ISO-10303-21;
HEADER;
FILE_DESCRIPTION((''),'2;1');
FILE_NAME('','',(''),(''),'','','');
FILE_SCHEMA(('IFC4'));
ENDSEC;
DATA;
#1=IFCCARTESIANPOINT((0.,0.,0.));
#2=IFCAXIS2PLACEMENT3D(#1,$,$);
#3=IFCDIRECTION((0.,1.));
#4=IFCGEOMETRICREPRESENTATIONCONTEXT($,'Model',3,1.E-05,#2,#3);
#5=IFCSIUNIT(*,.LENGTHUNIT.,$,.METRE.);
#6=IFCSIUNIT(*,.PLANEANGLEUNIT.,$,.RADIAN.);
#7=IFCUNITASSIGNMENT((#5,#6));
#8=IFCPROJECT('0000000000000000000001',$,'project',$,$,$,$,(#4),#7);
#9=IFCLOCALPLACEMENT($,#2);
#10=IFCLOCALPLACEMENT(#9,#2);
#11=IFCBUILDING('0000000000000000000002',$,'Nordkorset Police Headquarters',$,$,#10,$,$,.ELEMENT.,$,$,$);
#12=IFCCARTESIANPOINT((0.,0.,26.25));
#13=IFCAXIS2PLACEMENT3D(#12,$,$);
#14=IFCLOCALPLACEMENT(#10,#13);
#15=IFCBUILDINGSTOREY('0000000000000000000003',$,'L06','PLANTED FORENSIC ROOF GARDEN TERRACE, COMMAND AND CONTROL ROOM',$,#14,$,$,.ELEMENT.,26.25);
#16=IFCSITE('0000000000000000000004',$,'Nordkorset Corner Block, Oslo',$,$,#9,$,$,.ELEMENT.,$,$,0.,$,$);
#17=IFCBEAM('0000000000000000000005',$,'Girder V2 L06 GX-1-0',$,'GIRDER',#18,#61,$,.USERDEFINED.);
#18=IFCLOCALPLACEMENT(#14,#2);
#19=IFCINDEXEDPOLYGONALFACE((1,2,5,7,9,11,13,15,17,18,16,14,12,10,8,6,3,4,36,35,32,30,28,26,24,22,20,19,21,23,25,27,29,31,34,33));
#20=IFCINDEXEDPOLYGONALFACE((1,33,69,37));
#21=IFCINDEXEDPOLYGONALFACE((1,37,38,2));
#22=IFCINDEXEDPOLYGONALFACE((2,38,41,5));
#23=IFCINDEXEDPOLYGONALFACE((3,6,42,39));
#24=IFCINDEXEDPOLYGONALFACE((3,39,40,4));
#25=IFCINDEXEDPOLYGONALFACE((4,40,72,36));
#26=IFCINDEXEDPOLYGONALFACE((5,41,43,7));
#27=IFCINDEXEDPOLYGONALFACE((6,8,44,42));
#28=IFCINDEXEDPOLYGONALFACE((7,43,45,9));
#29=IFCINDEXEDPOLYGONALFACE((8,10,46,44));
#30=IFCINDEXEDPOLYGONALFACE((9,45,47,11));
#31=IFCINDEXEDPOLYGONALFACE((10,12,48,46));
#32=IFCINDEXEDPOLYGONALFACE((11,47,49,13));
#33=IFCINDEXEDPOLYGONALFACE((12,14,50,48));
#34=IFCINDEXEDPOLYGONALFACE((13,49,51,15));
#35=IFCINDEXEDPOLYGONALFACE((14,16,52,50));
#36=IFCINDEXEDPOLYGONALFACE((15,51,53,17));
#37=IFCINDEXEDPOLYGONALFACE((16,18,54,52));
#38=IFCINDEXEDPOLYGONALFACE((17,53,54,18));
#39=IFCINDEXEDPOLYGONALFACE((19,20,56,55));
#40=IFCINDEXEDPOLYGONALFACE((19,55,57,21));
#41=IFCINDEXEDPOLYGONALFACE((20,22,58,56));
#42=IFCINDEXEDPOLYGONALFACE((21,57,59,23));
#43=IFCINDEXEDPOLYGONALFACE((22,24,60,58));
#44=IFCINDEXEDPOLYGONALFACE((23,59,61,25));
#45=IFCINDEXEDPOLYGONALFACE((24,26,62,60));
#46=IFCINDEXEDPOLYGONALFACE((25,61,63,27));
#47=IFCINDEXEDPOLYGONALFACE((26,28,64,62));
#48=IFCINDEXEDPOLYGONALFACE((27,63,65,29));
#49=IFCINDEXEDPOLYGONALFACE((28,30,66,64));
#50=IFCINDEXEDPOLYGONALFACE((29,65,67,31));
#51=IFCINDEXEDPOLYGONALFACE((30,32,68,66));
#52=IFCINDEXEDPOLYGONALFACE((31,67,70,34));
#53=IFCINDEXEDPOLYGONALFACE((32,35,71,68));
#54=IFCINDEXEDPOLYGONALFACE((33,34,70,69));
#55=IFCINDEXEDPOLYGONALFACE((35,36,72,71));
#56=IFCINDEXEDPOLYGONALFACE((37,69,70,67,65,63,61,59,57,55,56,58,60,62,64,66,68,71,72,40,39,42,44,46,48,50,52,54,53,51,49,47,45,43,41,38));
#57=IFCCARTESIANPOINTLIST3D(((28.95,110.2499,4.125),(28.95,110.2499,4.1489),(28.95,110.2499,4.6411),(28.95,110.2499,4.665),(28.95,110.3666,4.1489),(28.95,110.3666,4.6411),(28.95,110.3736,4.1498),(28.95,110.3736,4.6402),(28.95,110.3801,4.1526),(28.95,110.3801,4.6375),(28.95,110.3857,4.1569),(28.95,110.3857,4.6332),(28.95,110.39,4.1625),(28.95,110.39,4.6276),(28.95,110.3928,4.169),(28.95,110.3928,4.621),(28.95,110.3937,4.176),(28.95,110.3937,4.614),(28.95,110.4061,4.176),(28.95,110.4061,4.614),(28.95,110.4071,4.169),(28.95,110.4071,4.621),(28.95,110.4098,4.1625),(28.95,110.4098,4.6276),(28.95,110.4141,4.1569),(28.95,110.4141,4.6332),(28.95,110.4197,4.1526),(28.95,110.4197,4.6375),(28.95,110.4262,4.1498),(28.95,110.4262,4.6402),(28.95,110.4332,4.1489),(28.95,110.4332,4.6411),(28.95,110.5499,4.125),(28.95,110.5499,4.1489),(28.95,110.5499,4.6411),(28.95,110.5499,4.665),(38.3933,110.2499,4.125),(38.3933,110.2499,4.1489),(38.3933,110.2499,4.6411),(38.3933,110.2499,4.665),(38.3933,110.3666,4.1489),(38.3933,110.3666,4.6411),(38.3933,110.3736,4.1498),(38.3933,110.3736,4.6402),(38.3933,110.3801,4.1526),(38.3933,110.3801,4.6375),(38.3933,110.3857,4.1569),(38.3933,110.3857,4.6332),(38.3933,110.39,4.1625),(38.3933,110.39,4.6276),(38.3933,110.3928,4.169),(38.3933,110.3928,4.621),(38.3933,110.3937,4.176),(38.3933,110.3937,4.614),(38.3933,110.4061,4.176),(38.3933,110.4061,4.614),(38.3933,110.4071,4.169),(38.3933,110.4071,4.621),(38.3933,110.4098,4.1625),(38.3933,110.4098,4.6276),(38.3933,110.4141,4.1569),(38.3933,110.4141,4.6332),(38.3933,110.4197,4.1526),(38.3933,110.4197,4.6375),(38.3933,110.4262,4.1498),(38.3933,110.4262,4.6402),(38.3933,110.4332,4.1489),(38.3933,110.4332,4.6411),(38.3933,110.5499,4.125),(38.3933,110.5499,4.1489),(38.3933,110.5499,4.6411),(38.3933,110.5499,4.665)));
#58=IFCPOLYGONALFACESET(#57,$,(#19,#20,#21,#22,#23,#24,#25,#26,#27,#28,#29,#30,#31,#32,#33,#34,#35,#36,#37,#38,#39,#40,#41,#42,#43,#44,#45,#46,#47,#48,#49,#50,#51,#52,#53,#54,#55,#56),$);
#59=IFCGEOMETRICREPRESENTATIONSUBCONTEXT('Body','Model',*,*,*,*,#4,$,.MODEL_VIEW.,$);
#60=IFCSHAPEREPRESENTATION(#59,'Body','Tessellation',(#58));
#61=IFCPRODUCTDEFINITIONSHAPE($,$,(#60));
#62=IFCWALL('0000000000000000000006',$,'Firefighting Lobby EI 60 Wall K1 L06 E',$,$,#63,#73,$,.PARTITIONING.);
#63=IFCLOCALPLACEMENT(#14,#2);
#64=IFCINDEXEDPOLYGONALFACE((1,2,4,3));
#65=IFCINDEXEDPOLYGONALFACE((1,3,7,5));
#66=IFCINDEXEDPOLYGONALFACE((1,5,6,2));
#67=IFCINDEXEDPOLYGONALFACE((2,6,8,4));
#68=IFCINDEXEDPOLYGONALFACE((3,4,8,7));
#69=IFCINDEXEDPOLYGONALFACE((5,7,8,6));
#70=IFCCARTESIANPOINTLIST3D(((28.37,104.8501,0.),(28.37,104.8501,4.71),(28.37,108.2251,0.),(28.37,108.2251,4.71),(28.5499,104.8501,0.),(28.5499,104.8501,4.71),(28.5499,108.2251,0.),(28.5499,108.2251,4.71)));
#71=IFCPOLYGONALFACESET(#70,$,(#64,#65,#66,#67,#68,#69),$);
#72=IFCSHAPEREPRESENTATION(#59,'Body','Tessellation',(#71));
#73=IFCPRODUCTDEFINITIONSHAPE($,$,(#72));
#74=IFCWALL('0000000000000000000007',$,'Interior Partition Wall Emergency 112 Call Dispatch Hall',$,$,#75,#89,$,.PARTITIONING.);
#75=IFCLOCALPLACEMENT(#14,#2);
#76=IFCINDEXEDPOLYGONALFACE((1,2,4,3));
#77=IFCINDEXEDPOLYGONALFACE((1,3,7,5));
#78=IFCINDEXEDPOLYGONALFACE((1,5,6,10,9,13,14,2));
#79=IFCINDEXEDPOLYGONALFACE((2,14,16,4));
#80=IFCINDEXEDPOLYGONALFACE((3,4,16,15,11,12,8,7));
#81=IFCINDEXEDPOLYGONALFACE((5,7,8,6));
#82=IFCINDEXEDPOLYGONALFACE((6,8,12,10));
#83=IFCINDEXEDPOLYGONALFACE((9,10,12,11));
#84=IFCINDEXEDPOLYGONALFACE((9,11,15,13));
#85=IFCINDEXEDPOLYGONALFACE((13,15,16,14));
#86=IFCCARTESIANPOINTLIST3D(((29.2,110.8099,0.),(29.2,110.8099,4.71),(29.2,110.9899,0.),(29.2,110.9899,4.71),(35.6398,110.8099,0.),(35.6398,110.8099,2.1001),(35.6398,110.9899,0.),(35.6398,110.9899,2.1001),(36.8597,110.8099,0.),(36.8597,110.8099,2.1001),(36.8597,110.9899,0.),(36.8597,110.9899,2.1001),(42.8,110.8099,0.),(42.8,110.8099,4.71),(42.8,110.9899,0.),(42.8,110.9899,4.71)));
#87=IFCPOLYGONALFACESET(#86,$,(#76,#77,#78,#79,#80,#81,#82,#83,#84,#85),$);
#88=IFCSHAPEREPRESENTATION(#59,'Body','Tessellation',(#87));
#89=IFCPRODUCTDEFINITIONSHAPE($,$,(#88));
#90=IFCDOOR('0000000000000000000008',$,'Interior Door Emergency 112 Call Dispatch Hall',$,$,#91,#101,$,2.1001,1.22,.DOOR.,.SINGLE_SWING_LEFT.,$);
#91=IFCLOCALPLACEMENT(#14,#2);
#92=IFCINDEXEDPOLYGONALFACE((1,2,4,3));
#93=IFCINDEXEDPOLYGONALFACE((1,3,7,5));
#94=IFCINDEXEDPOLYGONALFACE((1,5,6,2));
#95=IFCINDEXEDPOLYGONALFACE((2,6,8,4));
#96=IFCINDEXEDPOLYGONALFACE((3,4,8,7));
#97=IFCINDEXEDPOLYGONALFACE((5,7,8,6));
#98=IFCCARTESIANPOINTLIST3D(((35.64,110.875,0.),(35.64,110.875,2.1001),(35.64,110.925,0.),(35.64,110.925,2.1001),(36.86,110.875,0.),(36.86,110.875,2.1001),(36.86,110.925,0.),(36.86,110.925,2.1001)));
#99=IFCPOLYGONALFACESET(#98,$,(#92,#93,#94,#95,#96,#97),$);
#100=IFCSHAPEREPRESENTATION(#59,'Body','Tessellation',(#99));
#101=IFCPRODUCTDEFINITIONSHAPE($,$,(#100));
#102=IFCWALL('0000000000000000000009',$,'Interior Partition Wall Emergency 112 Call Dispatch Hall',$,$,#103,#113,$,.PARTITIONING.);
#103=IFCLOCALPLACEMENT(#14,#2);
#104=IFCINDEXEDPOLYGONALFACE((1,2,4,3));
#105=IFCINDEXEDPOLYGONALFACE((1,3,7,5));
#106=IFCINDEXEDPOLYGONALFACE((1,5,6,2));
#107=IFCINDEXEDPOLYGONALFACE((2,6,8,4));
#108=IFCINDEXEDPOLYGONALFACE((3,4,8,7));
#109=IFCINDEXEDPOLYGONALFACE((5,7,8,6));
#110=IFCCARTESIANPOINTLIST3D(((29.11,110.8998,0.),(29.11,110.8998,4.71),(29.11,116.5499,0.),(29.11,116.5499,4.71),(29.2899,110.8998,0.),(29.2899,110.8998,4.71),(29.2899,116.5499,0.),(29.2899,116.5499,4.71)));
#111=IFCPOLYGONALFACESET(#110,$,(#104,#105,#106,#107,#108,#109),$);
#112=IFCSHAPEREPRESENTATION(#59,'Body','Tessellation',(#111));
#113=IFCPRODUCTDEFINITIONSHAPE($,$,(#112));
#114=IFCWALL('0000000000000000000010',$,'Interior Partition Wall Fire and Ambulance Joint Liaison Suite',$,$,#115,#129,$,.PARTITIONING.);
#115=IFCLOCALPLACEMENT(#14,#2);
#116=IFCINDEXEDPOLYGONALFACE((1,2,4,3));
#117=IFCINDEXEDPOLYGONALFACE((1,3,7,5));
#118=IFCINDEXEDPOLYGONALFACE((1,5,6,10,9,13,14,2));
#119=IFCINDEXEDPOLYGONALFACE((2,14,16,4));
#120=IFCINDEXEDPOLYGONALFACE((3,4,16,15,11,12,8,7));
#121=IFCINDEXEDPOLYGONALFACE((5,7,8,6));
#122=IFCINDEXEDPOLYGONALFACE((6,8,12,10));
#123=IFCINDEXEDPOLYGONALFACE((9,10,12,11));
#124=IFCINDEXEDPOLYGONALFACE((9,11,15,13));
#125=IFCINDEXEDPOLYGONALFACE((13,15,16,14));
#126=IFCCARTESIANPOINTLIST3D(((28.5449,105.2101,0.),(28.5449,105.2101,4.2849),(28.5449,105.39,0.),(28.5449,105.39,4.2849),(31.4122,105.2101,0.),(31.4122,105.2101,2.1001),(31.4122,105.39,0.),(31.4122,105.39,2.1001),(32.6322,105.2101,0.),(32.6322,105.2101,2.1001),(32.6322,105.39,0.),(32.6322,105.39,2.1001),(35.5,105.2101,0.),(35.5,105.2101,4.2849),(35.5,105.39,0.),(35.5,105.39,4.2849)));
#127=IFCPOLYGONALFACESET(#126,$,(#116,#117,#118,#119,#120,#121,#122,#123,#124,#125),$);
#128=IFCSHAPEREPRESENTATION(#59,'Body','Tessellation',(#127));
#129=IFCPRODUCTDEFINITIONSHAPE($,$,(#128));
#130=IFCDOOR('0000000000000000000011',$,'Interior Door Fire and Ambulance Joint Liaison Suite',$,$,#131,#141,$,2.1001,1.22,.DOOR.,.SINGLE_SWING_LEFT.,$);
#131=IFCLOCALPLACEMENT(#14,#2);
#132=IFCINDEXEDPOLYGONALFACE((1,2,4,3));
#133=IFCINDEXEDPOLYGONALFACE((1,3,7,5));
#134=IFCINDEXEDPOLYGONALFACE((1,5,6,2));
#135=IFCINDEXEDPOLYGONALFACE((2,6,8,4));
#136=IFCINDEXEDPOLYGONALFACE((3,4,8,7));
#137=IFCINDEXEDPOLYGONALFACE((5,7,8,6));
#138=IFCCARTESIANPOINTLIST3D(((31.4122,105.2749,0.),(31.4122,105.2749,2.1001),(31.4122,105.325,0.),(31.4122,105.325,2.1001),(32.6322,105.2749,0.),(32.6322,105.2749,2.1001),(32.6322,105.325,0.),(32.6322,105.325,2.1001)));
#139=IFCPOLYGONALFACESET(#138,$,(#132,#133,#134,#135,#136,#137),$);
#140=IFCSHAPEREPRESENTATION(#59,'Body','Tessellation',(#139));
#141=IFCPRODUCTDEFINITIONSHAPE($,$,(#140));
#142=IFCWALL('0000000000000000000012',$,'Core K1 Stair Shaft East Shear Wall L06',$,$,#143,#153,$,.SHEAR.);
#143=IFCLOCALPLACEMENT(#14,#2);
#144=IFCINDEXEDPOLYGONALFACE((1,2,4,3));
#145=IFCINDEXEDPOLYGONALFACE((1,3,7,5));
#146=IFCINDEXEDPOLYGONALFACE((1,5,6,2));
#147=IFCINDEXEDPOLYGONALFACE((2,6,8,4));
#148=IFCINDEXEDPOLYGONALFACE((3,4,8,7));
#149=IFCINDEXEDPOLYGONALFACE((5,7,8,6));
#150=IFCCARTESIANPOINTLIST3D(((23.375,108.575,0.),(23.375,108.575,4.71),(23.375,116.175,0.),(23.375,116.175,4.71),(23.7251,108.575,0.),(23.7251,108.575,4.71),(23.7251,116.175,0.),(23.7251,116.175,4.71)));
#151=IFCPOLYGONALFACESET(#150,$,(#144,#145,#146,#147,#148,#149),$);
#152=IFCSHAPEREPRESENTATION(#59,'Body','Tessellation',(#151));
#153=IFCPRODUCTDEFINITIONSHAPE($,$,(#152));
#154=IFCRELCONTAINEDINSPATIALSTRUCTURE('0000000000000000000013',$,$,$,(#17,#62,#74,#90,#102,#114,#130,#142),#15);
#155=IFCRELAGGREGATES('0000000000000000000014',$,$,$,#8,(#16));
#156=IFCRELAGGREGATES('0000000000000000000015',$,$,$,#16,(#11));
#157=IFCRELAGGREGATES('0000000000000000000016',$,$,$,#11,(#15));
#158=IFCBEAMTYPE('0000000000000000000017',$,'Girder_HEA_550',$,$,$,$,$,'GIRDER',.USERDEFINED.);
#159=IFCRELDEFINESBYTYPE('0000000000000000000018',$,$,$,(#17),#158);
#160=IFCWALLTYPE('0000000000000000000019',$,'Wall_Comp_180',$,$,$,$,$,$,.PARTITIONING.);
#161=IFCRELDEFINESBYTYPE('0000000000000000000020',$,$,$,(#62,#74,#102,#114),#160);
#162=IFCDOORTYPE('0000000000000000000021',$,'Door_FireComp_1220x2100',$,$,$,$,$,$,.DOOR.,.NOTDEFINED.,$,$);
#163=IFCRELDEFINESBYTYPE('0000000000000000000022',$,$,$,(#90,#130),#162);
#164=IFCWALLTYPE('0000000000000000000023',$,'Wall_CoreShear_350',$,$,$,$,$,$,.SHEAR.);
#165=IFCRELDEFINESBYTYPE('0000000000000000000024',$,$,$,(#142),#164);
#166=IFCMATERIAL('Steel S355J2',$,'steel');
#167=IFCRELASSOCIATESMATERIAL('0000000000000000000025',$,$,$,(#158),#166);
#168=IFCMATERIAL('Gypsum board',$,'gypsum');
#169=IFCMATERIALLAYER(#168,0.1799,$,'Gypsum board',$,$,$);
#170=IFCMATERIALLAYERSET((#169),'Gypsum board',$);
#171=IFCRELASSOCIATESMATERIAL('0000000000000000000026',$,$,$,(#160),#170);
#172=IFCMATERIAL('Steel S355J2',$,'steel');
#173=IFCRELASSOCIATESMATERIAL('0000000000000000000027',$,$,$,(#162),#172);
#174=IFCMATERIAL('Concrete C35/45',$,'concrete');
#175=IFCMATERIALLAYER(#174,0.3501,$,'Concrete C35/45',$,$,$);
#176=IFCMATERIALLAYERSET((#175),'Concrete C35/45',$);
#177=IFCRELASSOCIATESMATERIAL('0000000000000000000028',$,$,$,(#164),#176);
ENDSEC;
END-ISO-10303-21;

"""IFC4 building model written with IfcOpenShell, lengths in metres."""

from ifc_helpers import new_model, si_unit, direction, frame, frame_2d, origin, origin_2d, place, context, subcontext, project, spatial, rectangle, i_section, extrude, material, layer, layer_set, material_profile, profile_set, type_object, element, fill, save


model = new_model("IFC4")

# Units and contexts
model_context = context("Model", 3, precision=1e-05, world=origin(), true_north=direction((0.0, 1.0)))
body_context = subcontext(model_context, "Body", "Model", "MODEL_VIEW")
ifc_project = project(units=[si_unit("LENGTHUNIT", "METRE"), si_unit("PLANEANGLEUNIT", "RADIAN")], contexts=[model_context])

# Site, building, storey
site_placement = place(None, origin())
site = spatial("IfcSite", under=ifc_project, at=site_placement, Name="Nordkorset Corner Block, Oslo", CompositionType="ELEMENT", RefElevation=0.0)
building_placement = place(site_placement, origin())
building = spatial("IfcBuilding", under=site, at=building_placement, Name="Nordkorset Police Headquarters", CompositionType="ELEMENT")
storey_placement = place(building_placement, frame((0.0, 0.0, 26.25)))
storey = spatial("IfcBuildingStorey", under=building, at=storey_placement, Name="L06", Description="PLANTED FORENSIC ROOF GARDEN TERRACE, COMMAND AND CONTROL ROOM", CompositionType="ELEMENT", Elevation=26.25)

# Beam
ifc_material_1 = material(Name="Steel S355J2", Category="steel")
ifc_material_profile_1 = material_profile(ifc_material_1, i_section(OverallWidth=0.3, OverallDepth=0.54, WebThickness=0.0125, FlangeThickness=0.0239, FilletRadius=0.0271, at=origin_2d()), Name="HEA 550")
ifc_profile_set_1 = profile_set([ifc_material_profile_1], Name="Steel S355J2")
beam_type_1 = type_object("IfcBeamType", Name="Girder_HEA_550", ElementType="GIRDER", PredefinedType="USERDEFINED", material=ifc_profile_set_1)
beam_placement = place(storey_placement, frame((28.95, 110.3999, 4.395), z_axis=(1.0, 0.0, 0.0), x_axis=(0.0, 1.0, 0.0)))
element("IfcBeam", 1, at=beam_placement, inside=storey, type_object=beam_type_1, Name="Girder V2 L06 GX-1-0", ObjectType="GIRDER", PredefinedType="USERDEFINED", context=body_context, shape_type="SweptSolid", body=[
    extrude(i_section(OverallWidth=0.3, OverallDepth=0.54, WebThickness=0.0125, FlangeThickness=0.0239, FilletRadius=0.0271, at=origin_2d()), origin(), (0.0, 0.0, 1.0), 9.4434),
])

# Wall
ifc_material_2 = material(Name="Gypsum board", Category="gypsum")
ifc_layer_1 = layer(ifc_material_2, 0.1799, Name="Gypsum board")
ifc_layer_set_1 = layer_set([ifc_layer_1], Name="Gypsum board")
wall_type_1 = type_object("IfcWallType", Name="Wall_Comp_180", PredefinedType="PARTITIONING", material=ifc_layer_set_1)
wall_1_placement = place(storey_placement, frame((28.46, 104.8501, 0.0), z_axis=(0.0, 0.0, 1.0), x_axis=(0.0, 1.0, 0.0)))
element("IfcWall", 2, at=wall_1_placement, inside=storey, type_object=wall_type_1, Name="Firefighting Lobby EI 60 Wall K1 L06 E", PredefinedType="PARTITIONING", context=body_context, shape_type="SweptSolid", body=[
    extrude(rectangle(XDim=3.375, YDim=0.1799, at=frame_2d((1.6875, 0.0))), origin(), (0.0, 0.0, 1.0), 4.71),
])

# Wall, opening, door
wall_2_placement = place(storey_placement, frame((29.2, 110.8999, 0.0), z_axis=(0.0, 0.0, 1.0), x_axis=(1.0, 0.0, 0.0)))
wall_2 = element("IfcWall", 3, at=wall_2_placement, inside=storey, type_object=wall_type_1, Name="Interior Partition Wall Emergency 112 Call Dispatch Hall", PredefinedType="PARTITIONING", context=body_context, shape_type="SweptSolid", body=[
    extrude(rectangle(XDim=13.6001, YDim=0.1799, at=frame_2d((6.8, 0.0))), origin(), (0.0, 0.0, 1.0), 4.71),
])
opening_1_placement = place(wall_2_placement, frame((6.4399, 0.0, 0.0)))
opening_1 = element("IfcOpeningElement", 4, at=opening_1_placement, cuts=wall_2, PredefinedType="OPENING", context=body_context, shape_type="SweptSolid", body=[
    extrude(rectangle(XDim=1.22, YDim=2.1001, at=frame_2d((0.6099, 1.05))), frame((0.0, 0.1001, 0.0), z_axis=(0.0, -1.0, 0.0), x_axis=(1.0, 0.0, 0.0)), (0.0, 0.0, 1.0), 0.2),
])
ifc_material_3 = material(Name="Steel S355J2", Category="steel")
door_type_1 = type_object("IfcDoorType", Name="Door_FireComp_1220x2100", OperationType="NOTDEFINED", PredefinedType="DOOR", material=ifc_material_3)
door_1_placement = place(opening_1_placement, frame((1.22, 0.0, 0.0), z_axis=(0.0, 0.0, 1.0), x_axis=(-1.0, 0.0, 0.0)))
door_1 = element("IfcDoor", 5, at=door_1_placement, inside=storey, type_object=door_type_1, Name="Interior Door Emergency 112 Call Dispatch Hall", OperationType="SINGLE_SWING_LEFT", OverallHeight=2.1001, OverallWidth=1.22, PredefinedType="DOOR", context=body_context, shape_type="SweptSolid", body=[
    extrude(rectangle(XDim=1.22, YDim=2.1001, at=frame_2d((0.6099, 1.05))), frame((0.0, 0.0249, 0.0), z_axis=(0.0, -1.0, 0.0), x_axis=(1.0, 0.0, 0.0)), (0.0, 0.0, 1.0), 0.05),
])
fill(opening_1, door_1)

# Wall
wall_3_placement = place(storey_placement, frame((29.2, 116.55, 0.0), z_axis=(0.0, 0.0, 1.0), x_axis=(0.0, -1.0, 0.0)))
element("IfcWall", 6, at=wall_3_placement, inside=storey, type_object=wall_type_1, Name="Interior Partition Wall Emergency 112 Call Dispatch Hall", PredefinedType="PARTITIONING", context=body_context, shape_type="SweptSolid", body=[
    extrude(rectangle(XDim=5.6501, YDim=0.1799, at=frame_2d((2.8252, 0.0))), origin(), (0.0, 0.0, 1.0), 4.71),
])

# Wall, opening, door
wall_4_placement = place(storey_placement, frame((28.5449, 105.3, 0.0), z_axis=(0.0, 0.0, 1.0), x_axis=(1.0, 0.0, 0.0)))
wall_4 = element("IfcWall", 7, at=wall_4_placement, inside=storey, type_object=wall_type_1, Name="Interior Partition Wall Fire and Ambulance Joint Liaison Suite", PredefinedType="PARTITIONING", context=body_context, shape_type="SweptSolid", body=[
    extrude(rectangle(XDim=6.9551, YDim=0.1799, at=frame_2d((3.4775, 0.0))), origin(), (0.0, 0.0, 1.0), 4.2849),
])
opening_2_placement = place(wall_4_placement, frame((2.8674, 0.0, 0.0)))
opening_2 = element("IfcOpeningElement", 8, at=opening_2_placement, cuts=wall_4, PredefinedType="OPENING", context=body_context, shape_type="SweptSolid", body=[
    extrude(rectangle(XDim=1.22, YDim=2.1001, at=frame_2d((0.6099, 1.05))), frame((0.0, 0.1001, 0.0), z_axis=(0.0, -1.0, 0.0), x_axis=(1.0, 0.0, 0.0)), (0.0, 0.0, 1.0), 0.2),
])
door_2_placement = place(opening_2_placement, origin())
door_2 = element("IfcDoor", 9, at=door_2_placement, inside=storey, type_object=door_type_1, Name="Interior Door Fire and Ambulance Joint Liaison Suite", OperationType="SINGLE_SWING_LEFT", OverallHeight=2.1001, OverallWidth=1.22, PredefinedType="DOOR", context=body_context, shape_type="SweptSolid", body=[
    extrude(rectangle(XDim=1.22, YDim=2.1001, at=frame_2d((0.6099, 1.05))), frame((0.0, 0.0249, 0.0), z_axis=(0.0, -1.0, 0.0), x_axis=(1.0, 0.0, 0.0)), (0.0, 0.0, 1.0), 0.05),
])
fill(opening_2, door_2)

# Wall
ifc_material_4 = material(Name="Concrete C35/45", Category="concrete")
ifc_layer_2 = layer(ifc_material_4, 0.3501, Name="Concrete C35/45")
ifc_layer_set_2 = layer_set([ifc_layer_2], Name="Concrete C35/45")
wall_type_2 = type_object("IfcWallType", Name="Wall_CoreShear_350", PredefinedType="SHEAR", material=ifc_layer_set_2)
wall_5_placement = place(storey_placement, frame((23.55, 108.575, 0.0), z_axis=(0.0, 0.0, 1.0), x_axis=(0.0, 1.0, 0.0)))
element("IfcWall", 10, at=wall_5_placement, inside=storey, type_object=wall_type_2, Name="Core K1 Stair Shaft East Shear Wall L06", PredefinedType="SHEAR", context=body_context, shape_type="SweptSolid", body=[
    extrude(rectangle(XDim=7.6001, YDim=0.3501, at=frame_2d((3.8, 0.0))), origin(), (0.0, 0.0, 1.0), 4.71),
])

save(model, "model.ifc")
